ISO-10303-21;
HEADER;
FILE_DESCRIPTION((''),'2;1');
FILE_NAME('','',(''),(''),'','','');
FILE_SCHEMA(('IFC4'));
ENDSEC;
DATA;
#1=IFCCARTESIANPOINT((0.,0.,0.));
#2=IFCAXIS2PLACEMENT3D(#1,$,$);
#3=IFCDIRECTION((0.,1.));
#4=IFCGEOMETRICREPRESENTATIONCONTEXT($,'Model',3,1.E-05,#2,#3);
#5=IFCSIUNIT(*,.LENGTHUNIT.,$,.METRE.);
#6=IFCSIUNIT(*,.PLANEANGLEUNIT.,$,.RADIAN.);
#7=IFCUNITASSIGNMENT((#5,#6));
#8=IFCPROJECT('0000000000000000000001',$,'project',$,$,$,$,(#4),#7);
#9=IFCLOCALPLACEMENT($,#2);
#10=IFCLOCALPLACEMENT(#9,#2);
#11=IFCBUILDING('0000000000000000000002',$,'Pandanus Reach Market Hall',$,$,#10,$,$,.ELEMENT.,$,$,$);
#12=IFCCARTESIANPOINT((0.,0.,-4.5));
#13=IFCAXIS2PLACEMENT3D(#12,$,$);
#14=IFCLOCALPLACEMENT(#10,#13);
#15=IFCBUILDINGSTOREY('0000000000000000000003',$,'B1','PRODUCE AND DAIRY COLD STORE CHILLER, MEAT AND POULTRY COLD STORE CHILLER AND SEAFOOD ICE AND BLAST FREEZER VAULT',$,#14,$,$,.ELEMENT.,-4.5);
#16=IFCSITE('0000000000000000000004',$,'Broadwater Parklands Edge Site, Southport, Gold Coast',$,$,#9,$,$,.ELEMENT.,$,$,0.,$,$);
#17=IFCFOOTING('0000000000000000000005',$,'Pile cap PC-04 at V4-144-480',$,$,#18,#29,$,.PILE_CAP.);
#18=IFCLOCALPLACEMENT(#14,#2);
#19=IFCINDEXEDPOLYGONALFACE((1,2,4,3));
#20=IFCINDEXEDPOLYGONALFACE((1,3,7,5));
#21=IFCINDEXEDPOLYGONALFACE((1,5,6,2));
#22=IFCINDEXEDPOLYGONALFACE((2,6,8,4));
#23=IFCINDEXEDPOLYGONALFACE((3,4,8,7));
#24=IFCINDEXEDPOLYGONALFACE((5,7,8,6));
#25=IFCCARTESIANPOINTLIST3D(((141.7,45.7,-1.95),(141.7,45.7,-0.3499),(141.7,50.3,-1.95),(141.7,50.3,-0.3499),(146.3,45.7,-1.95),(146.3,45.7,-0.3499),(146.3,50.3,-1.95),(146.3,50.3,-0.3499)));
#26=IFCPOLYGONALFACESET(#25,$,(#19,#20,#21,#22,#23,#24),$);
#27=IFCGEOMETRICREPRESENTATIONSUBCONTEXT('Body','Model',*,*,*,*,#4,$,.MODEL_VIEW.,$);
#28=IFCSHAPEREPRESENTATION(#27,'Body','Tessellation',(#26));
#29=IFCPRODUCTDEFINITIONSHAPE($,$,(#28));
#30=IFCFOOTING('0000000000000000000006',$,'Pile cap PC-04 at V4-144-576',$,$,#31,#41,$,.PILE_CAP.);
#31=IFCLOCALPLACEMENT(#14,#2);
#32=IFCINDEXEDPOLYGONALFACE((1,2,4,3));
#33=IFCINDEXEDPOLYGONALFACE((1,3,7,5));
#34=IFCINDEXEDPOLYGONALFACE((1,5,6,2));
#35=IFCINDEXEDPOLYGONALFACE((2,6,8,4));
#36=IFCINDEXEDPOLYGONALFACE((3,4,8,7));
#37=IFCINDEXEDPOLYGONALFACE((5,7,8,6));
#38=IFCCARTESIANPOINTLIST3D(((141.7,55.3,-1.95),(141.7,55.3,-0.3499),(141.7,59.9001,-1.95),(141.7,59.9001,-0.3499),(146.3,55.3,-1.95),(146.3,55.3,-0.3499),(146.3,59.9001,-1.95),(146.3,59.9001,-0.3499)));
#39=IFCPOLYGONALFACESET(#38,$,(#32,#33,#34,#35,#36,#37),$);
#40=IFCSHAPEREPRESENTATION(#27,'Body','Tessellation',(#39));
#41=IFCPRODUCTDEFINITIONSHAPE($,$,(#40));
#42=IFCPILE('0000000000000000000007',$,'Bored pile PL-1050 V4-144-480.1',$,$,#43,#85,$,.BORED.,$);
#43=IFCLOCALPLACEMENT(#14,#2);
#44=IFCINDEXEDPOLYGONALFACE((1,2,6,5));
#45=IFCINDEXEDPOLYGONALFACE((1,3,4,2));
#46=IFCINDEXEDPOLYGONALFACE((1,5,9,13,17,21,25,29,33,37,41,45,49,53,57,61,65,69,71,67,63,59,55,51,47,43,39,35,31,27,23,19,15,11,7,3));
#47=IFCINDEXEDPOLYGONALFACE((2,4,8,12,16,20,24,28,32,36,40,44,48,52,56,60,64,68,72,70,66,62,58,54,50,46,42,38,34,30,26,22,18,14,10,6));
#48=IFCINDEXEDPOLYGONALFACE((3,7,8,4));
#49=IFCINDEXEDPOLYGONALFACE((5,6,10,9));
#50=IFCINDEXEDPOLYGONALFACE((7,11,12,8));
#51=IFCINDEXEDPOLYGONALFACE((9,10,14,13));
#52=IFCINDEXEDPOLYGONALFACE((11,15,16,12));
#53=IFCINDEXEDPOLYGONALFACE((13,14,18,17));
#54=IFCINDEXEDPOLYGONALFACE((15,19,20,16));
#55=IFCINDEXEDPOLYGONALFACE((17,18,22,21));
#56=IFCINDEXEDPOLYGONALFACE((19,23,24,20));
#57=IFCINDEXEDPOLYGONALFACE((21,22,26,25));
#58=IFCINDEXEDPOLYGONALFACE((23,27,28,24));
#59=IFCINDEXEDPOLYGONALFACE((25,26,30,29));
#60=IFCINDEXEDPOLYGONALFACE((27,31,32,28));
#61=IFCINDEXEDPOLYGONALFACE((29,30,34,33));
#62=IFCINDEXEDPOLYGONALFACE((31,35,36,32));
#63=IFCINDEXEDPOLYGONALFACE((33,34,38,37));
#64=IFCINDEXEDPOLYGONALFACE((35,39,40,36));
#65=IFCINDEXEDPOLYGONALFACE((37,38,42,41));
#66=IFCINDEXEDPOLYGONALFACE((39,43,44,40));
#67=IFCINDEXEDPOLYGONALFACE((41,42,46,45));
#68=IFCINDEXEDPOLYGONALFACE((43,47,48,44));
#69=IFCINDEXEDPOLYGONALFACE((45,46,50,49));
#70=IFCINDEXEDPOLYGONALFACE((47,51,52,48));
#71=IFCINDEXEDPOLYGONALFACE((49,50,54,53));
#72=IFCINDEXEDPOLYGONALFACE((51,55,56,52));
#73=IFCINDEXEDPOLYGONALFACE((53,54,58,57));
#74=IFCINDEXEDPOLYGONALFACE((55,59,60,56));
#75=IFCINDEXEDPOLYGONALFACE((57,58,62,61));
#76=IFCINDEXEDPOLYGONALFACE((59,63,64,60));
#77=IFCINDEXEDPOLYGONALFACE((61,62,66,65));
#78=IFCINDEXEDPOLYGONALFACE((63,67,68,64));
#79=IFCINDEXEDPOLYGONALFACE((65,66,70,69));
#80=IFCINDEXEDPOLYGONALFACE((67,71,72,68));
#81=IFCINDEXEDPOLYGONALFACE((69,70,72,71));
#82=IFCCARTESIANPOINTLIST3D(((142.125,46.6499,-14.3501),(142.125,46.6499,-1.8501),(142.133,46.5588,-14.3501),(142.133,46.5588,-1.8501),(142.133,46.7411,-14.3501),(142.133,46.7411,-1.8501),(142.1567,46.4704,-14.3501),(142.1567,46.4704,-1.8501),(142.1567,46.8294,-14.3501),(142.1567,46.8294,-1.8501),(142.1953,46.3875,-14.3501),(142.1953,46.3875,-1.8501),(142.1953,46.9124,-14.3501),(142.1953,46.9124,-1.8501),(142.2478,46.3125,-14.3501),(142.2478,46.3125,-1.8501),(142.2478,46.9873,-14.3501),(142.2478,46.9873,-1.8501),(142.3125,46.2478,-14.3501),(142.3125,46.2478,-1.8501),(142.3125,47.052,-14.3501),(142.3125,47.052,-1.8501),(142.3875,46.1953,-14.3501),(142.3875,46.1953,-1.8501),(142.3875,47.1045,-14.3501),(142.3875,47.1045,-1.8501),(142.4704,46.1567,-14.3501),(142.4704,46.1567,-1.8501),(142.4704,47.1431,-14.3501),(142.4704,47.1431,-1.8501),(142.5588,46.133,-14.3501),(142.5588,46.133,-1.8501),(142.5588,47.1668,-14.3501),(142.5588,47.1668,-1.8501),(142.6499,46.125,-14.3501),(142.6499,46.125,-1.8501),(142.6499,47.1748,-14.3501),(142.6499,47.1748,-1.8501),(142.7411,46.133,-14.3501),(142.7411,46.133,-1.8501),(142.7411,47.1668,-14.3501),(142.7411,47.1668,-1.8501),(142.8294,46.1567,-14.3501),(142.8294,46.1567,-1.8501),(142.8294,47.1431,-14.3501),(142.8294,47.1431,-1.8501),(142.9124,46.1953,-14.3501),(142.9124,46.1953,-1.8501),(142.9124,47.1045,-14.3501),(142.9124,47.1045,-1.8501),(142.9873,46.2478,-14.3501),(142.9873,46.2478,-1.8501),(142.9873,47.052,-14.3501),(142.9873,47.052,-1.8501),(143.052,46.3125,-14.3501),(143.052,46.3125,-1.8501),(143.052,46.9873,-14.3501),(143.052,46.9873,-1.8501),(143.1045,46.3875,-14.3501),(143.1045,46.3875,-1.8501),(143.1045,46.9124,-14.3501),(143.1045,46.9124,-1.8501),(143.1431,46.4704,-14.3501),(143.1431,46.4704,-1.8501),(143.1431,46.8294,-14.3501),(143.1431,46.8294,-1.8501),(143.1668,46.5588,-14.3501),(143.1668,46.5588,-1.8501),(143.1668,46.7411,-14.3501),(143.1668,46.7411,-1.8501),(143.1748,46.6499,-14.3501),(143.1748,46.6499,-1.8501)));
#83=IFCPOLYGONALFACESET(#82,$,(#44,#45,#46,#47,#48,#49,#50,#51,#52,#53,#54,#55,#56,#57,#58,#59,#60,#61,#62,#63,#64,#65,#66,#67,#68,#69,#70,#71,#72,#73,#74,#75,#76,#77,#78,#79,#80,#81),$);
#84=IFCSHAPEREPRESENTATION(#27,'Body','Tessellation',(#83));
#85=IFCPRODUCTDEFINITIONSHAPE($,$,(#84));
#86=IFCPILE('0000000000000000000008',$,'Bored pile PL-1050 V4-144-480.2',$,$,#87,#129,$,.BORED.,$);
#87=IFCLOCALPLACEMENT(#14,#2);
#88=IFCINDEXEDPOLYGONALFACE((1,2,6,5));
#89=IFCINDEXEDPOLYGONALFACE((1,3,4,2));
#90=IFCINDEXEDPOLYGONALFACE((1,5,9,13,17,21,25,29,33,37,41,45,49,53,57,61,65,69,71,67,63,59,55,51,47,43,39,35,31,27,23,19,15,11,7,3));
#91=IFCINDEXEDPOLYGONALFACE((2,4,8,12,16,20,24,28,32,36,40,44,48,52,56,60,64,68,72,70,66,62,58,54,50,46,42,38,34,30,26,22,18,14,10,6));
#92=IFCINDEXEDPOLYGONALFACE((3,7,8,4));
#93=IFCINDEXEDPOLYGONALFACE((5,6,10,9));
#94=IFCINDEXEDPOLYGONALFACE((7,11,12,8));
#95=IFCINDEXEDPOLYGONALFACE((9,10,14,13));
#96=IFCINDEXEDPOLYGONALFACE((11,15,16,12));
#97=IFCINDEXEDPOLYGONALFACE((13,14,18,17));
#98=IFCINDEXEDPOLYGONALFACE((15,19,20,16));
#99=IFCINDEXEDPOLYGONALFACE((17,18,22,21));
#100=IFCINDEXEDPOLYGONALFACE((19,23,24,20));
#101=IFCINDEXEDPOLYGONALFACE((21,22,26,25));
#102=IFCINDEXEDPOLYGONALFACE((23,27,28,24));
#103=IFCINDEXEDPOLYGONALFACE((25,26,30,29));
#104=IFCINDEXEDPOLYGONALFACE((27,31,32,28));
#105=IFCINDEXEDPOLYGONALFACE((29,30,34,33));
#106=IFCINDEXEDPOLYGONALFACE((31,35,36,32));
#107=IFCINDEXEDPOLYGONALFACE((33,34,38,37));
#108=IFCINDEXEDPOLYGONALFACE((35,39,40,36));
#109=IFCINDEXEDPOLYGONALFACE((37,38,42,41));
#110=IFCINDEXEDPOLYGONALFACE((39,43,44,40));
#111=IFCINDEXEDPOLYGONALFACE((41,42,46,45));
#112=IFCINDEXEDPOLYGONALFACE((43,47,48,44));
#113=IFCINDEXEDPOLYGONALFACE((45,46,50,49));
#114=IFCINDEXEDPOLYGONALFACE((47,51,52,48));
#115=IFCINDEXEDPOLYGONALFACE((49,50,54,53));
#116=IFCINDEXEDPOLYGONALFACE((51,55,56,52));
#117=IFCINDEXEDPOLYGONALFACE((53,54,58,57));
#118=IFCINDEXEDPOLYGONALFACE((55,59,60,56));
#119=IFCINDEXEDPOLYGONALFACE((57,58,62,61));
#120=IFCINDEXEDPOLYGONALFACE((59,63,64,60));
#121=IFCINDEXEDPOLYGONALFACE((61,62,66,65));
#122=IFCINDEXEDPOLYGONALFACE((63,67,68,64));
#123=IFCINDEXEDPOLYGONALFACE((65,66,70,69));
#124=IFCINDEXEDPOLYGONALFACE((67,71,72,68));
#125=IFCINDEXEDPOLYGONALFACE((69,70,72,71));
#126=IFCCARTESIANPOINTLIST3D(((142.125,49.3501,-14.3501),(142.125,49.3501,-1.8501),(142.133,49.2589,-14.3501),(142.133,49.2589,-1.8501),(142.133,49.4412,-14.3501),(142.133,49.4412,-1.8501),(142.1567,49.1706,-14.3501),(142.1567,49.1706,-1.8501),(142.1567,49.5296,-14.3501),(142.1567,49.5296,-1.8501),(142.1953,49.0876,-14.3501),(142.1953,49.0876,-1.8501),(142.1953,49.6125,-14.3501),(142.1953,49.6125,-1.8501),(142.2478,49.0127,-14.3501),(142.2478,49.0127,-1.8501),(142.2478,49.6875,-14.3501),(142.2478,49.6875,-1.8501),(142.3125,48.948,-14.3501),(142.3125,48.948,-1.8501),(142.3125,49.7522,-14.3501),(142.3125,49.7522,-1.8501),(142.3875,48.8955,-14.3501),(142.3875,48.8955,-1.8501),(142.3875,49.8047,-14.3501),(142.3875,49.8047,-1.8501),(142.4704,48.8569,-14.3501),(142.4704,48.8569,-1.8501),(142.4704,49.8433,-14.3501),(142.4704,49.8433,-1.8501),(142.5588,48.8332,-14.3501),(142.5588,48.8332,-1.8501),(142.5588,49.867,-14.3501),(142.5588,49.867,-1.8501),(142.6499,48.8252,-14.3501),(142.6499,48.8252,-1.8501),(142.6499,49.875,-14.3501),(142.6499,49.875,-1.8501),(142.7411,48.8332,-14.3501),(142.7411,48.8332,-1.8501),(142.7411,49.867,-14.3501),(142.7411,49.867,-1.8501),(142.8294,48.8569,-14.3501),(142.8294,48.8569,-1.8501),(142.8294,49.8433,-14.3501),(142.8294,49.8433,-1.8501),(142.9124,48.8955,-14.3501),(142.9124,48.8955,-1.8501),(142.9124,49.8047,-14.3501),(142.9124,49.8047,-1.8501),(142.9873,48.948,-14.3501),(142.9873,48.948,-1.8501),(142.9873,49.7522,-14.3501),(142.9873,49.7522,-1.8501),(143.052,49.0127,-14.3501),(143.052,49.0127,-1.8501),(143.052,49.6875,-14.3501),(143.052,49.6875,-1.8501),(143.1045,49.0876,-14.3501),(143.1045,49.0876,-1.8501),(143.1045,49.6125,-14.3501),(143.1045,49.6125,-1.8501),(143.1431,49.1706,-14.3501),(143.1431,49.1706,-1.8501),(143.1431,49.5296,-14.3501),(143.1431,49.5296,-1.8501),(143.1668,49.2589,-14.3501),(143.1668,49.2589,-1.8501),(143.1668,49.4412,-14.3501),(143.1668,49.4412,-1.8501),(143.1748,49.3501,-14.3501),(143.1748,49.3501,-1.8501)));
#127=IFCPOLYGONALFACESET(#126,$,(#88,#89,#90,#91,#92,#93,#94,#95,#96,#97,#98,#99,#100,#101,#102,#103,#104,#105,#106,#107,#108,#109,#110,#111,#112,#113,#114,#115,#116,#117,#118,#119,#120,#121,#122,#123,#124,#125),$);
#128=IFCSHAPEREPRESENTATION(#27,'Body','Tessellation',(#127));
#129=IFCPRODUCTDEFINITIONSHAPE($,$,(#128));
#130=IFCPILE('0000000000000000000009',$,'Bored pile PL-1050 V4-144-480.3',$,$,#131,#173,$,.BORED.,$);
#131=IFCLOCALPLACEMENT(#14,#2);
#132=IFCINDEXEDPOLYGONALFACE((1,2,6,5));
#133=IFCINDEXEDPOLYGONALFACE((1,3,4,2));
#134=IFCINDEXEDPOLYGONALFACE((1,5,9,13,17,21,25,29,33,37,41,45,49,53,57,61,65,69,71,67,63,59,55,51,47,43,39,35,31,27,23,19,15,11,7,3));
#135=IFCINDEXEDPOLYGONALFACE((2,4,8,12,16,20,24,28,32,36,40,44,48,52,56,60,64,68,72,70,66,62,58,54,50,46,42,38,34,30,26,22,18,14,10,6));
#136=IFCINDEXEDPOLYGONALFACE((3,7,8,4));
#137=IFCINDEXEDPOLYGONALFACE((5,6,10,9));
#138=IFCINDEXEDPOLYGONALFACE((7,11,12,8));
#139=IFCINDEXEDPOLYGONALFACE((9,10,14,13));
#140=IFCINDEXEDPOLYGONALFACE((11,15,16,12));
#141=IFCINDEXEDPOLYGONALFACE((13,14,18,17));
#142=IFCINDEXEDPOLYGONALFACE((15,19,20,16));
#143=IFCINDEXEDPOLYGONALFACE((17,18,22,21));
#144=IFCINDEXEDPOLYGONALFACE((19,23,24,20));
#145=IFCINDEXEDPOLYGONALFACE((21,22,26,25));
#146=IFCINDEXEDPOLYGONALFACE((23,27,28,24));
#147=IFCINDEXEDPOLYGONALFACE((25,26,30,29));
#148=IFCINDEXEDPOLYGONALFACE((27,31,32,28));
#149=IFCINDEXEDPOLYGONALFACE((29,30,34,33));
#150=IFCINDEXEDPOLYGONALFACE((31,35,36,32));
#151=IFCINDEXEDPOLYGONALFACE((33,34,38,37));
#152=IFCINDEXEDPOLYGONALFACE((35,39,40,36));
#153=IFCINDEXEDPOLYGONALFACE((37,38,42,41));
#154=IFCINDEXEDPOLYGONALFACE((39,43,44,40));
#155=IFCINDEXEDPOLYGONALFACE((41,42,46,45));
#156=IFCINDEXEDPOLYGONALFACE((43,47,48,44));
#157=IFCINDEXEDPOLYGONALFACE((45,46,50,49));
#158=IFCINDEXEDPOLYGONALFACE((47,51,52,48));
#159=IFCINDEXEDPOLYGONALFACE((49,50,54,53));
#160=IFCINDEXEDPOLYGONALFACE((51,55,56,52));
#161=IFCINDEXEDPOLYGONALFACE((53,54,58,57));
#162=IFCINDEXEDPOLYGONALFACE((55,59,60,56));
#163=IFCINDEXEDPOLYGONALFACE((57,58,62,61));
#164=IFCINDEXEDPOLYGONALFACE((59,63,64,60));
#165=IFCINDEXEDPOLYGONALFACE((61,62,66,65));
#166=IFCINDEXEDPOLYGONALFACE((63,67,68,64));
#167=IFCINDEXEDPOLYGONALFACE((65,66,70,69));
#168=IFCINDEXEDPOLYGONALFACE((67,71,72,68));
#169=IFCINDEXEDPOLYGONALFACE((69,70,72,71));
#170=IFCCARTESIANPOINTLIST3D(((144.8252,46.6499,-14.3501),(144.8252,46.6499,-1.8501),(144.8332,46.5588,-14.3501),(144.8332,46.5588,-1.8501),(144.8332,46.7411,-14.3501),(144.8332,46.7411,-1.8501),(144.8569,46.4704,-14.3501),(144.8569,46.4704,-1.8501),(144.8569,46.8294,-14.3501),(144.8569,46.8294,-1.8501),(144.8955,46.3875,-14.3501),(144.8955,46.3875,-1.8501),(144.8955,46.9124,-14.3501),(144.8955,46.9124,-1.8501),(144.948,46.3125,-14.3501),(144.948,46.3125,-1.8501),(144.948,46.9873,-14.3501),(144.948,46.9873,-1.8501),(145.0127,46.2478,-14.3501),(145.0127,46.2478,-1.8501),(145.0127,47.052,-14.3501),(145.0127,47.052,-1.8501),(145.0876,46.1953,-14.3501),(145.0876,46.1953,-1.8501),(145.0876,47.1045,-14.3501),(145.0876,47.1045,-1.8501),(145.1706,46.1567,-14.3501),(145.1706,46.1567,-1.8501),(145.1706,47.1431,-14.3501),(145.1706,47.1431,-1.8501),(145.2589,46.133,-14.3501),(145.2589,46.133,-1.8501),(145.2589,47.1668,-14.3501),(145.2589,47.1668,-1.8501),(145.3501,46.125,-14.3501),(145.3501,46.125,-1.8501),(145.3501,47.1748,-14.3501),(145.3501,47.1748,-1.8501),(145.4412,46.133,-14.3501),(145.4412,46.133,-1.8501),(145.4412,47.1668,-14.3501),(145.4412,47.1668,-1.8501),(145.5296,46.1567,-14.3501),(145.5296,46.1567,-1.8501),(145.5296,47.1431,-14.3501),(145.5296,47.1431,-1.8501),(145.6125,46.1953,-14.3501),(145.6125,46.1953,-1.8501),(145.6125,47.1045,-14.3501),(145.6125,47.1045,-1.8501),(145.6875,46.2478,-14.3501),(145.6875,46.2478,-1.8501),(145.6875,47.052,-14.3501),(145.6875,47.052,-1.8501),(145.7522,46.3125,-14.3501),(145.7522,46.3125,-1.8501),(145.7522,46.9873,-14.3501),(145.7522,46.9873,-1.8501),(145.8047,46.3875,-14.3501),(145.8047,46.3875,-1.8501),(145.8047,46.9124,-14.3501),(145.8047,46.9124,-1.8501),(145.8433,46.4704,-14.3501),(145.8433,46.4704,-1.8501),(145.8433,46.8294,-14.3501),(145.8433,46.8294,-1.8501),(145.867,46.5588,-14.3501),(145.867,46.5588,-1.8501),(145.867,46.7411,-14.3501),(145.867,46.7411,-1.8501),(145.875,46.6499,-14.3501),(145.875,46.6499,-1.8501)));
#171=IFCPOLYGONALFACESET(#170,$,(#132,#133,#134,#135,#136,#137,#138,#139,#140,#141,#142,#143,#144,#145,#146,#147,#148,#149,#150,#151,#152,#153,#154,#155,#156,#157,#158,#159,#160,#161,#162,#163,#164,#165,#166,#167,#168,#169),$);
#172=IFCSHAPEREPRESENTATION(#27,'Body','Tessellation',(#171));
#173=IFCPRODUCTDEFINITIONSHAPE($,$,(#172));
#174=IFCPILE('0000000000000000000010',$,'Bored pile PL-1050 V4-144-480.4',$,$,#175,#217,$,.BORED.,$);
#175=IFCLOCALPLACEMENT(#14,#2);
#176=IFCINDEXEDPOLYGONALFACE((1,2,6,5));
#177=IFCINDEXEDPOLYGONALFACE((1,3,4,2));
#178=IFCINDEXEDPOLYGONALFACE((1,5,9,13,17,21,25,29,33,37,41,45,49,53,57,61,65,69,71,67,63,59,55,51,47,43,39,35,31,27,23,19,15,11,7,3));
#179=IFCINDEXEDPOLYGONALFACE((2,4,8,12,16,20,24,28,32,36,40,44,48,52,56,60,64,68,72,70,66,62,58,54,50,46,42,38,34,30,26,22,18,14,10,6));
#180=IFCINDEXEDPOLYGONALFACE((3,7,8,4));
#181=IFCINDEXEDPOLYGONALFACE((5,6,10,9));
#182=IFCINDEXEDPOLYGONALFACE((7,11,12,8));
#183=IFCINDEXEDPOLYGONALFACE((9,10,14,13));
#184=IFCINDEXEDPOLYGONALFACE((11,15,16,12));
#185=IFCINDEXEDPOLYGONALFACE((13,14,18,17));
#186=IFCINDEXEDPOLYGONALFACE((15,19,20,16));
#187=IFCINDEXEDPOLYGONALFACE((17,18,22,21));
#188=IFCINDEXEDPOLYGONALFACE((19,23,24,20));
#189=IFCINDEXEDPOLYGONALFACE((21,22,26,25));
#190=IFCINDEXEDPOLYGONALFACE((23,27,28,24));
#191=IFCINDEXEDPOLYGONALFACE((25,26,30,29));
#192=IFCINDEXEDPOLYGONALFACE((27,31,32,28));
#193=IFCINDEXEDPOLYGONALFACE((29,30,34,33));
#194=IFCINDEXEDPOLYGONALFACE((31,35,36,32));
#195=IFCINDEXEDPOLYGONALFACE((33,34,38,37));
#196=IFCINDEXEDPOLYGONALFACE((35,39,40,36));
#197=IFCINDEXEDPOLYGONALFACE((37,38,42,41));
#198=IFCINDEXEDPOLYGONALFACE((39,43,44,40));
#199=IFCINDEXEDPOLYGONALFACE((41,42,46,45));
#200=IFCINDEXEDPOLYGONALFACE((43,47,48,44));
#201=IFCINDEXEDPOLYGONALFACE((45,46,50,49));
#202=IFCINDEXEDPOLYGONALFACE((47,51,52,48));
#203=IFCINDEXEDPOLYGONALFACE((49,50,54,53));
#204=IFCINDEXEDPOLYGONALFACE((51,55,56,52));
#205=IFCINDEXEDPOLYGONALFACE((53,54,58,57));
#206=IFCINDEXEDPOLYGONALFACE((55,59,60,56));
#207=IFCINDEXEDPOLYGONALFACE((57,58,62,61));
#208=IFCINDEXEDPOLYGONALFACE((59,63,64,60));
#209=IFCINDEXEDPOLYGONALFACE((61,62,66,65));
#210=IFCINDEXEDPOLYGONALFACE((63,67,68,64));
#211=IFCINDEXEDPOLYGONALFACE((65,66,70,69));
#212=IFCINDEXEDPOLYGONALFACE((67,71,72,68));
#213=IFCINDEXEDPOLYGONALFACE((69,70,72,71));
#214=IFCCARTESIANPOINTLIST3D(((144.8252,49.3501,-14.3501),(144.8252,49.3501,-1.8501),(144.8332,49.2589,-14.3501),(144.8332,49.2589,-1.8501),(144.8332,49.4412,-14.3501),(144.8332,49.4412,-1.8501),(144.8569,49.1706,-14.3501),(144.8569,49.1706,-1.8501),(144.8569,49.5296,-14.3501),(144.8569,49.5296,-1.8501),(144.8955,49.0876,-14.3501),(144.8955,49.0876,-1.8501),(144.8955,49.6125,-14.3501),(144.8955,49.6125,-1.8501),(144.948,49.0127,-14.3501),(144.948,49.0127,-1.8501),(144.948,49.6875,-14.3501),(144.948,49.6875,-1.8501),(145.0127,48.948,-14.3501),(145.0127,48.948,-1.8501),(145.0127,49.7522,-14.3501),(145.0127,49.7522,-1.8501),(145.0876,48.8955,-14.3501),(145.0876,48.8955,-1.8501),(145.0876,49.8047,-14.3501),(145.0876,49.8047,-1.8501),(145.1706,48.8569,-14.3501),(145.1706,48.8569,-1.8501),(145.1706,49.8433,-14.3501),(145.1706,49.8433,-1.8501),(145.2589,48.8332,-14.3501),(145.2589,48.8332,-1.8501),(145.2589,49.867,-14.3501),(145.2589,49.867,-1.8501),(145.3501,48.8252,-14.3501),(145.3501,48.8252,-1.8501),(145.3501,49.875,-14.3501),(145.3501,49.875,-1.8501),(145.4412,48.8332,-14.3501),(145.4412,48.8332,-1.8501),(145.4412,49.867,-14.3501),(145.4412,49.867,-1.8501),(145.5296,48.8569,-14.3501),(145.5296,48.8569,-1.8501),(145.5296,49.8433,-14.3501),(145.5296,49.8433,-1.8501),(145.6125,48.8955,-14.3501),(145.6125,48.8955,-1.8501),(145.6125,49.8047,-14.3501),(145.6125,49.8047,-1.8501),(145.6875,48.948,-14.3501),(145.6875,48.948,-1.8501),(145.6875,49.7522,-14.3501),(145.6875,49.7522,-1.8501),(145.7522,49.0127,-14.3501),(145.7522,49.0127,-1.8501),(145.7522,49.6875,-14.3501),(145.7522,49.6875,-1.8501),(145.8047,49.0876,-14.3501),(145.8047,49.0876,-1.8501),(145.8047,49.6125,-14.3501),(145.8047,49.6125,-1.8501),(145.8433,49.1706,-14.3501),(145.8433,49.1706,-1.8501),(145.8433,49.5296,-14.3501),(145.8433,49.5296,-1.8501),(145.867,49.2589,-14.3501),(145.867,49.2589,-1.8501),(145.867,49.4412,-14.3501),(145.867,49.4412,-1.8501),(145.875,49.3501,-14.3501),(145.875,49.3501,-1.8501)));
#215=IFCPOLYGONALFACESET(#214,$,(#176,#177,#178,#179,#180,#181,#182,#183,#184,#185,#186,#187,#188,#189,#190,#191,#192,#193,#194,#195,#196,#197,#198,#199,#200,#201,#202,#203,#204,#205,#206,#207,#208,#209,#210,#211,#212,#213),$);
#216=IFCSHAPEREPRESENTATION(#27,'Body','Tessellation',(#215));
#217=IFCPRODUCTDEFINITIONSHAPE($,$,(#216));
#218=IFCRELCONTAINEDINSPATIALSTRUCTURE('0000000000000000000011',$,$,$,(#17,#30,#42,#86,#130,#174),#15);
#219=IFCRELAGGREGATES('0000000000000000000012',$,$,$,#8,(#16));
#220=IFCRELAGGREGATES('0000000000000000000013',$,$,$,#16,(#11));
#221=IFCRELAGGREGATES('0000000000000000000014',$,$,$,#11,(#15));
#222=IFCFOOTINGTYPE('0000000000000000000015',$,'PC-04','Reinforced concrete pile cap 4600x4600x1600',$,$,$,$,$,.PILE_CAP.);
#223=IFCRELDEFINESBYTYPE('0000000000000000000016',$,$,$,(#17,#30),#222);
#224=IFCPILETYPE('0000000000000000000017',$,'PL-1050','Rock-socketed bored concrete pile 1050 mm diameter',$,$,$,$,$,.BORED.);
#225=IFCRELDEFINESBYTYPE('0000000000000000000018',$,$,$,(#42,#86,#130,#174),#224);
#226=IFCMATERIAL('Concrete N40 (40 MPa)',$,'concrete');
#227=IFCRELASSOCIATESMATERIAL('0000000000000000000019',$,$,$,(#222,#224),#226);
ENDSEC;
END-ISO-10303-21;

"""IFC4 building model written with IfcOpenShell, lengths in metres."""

from ifc_helpers import new_model, si_unit, direction, frame, origin, origin_2d, place, context, subcontext, project, spatial, rectangle, circle, extrude, material, material_profile, profile_set, type_object, element, save


model = new_model("IFC4")

# Units and contexts
model_context = context("Model", 3, precision=1e-05, world=origin(), true_north=direction((0.0, 1.0)))
body_context = subcontext(model_context, "Body", "Model", "MODEL_VIEW")
ifc_project = project(units=[si_unit("LENGTHUNIT", "METRE"), si_unit("PLANEANGLEUNIT", "RADIAN")], contexts=[model_context])

# Site, building, storey
site_placement = place(None, origin())
site = spatial("IfcSite", under=ifc_project, at=site_placement, Name="Broadwater Parklands Edge Site, Southport, Gold Coast", CompositionType="ELEMENT", RefElevation=0.0)
building_placement = place(site_placement, origin())
building = spatial("IfcBuilding", under=site, at=building_placement, Name="Pandanus Reach Market Hall", CompositionType="ELEMENT")
storey_placement = place(building_placement, frame((0.0, 0.0, -4.5)))
storey = spatial("IfcBuildingStorey", under=building, at=storey_placement, Name="B1", Description="PRODUCE AND DAIRY COLD STORE CHILLER, MEAT AND POULTRY COLD STORE CHILLER AND SEAFOOD ICE AND BLAST FREEZER VAULT", CompositionType="ELEMENT", Elevation=-4.5)

# Footings
ifc_material_1 = material(Name="Concrete N40 (40 MPa)", Category="concrete")
footing_type = type_object("IfcFootingType", Name="PC-04", Description="Reinforced concrete pile cap 4600x4600x1600", PredefinedType="PILE_CAP", material=ifc_material_1)
for number, where, z_axis, x_axis, name in (
    (1, (144.0, 48.0, -1.95), (0.0, 0.0, 1.0), (1.0, 0.0, 0.0), "Pile cap PC-04 at V4-144-480"),
    (2, (144.0, 57.6001, -1.95), (0.0, 0.0, 1.0), (1.0, 0.0, 0.0), "Pile cap PC-04 at V4-144-576"),
):
    element("IfcFooting", number, at=place(storey_placement, frame(where, z_axis=z_axis, x_axis=x_axis)), inside=storey, type_object=footing_type, Name=name, PredefinedType="PILE_CAP", context=body_context, shape_type="SweptSolid", body=[
        extrude(rectangle(XDim=4.6001, YDim=4.6001, at=origin_2d()), origin(), (0.0, 0.0, 1.0), 1.6001),
    ])

# Piles
ifc_material_profile_1 = material_profile(ifc_material_1, circle(Radius=0.5249, at=origin_2d()), Name="PILE-1050D", Category="LoadBearing")
ifc_profile_set_1 = profile_set([ifc_material_profile_1], Name="Concrete N40 (40 MPa)")
pile_type = type_object("IfcPileType", Name="PL-1050", Description="Rock-socketed bored concrete pile 1050 mm diameter", PredefinedType="BORED", material=ifc_profile_set_1)
for number, where, z_axis, x_axis, name in (
    (3, (142.6499, 46.6499, -1.8501), (0.0, 0.0, -1.0), (1.0, 0.0, 0.0), "Bored pile PL-1050 V4-144-480.1"),
    (4, (142.6499, 49.3501, -1.8501), (0.0, 0.0, -1.0), (1.0, 0.0, 0.0), "Bored pile PL-1050 V4-144-480.2"),
    (5, (145.3501, 46.6499, -1.8501), (0.0, 0.0, -1.0), (1.0, 0.0, 0.0), "Bored pile PL-1050 V4-144-480.3"),
    (6, (145.3501, 49.3501, -1.8501), (0.0, 0.0, -1.0), (1.0, 0.0, 0.0), "Bored pile PL-1050 V4-144-480.4"),
):
    element("IfcPile", number, at=place(storey_placement, frame(where, z_axis=z_axis, x_axis=x_axis)), inside=storey, type_object=pile_type, Name=name, PredefinedType="BORED", context=body_context, shape_type="SweptSolid", body=[
        extrude(circle(Radius=0.5249, at=origin_2d()), origin(), (0.0, 0.0, 1.0), 12.5),
    ])

save(model, "model.ifc")
